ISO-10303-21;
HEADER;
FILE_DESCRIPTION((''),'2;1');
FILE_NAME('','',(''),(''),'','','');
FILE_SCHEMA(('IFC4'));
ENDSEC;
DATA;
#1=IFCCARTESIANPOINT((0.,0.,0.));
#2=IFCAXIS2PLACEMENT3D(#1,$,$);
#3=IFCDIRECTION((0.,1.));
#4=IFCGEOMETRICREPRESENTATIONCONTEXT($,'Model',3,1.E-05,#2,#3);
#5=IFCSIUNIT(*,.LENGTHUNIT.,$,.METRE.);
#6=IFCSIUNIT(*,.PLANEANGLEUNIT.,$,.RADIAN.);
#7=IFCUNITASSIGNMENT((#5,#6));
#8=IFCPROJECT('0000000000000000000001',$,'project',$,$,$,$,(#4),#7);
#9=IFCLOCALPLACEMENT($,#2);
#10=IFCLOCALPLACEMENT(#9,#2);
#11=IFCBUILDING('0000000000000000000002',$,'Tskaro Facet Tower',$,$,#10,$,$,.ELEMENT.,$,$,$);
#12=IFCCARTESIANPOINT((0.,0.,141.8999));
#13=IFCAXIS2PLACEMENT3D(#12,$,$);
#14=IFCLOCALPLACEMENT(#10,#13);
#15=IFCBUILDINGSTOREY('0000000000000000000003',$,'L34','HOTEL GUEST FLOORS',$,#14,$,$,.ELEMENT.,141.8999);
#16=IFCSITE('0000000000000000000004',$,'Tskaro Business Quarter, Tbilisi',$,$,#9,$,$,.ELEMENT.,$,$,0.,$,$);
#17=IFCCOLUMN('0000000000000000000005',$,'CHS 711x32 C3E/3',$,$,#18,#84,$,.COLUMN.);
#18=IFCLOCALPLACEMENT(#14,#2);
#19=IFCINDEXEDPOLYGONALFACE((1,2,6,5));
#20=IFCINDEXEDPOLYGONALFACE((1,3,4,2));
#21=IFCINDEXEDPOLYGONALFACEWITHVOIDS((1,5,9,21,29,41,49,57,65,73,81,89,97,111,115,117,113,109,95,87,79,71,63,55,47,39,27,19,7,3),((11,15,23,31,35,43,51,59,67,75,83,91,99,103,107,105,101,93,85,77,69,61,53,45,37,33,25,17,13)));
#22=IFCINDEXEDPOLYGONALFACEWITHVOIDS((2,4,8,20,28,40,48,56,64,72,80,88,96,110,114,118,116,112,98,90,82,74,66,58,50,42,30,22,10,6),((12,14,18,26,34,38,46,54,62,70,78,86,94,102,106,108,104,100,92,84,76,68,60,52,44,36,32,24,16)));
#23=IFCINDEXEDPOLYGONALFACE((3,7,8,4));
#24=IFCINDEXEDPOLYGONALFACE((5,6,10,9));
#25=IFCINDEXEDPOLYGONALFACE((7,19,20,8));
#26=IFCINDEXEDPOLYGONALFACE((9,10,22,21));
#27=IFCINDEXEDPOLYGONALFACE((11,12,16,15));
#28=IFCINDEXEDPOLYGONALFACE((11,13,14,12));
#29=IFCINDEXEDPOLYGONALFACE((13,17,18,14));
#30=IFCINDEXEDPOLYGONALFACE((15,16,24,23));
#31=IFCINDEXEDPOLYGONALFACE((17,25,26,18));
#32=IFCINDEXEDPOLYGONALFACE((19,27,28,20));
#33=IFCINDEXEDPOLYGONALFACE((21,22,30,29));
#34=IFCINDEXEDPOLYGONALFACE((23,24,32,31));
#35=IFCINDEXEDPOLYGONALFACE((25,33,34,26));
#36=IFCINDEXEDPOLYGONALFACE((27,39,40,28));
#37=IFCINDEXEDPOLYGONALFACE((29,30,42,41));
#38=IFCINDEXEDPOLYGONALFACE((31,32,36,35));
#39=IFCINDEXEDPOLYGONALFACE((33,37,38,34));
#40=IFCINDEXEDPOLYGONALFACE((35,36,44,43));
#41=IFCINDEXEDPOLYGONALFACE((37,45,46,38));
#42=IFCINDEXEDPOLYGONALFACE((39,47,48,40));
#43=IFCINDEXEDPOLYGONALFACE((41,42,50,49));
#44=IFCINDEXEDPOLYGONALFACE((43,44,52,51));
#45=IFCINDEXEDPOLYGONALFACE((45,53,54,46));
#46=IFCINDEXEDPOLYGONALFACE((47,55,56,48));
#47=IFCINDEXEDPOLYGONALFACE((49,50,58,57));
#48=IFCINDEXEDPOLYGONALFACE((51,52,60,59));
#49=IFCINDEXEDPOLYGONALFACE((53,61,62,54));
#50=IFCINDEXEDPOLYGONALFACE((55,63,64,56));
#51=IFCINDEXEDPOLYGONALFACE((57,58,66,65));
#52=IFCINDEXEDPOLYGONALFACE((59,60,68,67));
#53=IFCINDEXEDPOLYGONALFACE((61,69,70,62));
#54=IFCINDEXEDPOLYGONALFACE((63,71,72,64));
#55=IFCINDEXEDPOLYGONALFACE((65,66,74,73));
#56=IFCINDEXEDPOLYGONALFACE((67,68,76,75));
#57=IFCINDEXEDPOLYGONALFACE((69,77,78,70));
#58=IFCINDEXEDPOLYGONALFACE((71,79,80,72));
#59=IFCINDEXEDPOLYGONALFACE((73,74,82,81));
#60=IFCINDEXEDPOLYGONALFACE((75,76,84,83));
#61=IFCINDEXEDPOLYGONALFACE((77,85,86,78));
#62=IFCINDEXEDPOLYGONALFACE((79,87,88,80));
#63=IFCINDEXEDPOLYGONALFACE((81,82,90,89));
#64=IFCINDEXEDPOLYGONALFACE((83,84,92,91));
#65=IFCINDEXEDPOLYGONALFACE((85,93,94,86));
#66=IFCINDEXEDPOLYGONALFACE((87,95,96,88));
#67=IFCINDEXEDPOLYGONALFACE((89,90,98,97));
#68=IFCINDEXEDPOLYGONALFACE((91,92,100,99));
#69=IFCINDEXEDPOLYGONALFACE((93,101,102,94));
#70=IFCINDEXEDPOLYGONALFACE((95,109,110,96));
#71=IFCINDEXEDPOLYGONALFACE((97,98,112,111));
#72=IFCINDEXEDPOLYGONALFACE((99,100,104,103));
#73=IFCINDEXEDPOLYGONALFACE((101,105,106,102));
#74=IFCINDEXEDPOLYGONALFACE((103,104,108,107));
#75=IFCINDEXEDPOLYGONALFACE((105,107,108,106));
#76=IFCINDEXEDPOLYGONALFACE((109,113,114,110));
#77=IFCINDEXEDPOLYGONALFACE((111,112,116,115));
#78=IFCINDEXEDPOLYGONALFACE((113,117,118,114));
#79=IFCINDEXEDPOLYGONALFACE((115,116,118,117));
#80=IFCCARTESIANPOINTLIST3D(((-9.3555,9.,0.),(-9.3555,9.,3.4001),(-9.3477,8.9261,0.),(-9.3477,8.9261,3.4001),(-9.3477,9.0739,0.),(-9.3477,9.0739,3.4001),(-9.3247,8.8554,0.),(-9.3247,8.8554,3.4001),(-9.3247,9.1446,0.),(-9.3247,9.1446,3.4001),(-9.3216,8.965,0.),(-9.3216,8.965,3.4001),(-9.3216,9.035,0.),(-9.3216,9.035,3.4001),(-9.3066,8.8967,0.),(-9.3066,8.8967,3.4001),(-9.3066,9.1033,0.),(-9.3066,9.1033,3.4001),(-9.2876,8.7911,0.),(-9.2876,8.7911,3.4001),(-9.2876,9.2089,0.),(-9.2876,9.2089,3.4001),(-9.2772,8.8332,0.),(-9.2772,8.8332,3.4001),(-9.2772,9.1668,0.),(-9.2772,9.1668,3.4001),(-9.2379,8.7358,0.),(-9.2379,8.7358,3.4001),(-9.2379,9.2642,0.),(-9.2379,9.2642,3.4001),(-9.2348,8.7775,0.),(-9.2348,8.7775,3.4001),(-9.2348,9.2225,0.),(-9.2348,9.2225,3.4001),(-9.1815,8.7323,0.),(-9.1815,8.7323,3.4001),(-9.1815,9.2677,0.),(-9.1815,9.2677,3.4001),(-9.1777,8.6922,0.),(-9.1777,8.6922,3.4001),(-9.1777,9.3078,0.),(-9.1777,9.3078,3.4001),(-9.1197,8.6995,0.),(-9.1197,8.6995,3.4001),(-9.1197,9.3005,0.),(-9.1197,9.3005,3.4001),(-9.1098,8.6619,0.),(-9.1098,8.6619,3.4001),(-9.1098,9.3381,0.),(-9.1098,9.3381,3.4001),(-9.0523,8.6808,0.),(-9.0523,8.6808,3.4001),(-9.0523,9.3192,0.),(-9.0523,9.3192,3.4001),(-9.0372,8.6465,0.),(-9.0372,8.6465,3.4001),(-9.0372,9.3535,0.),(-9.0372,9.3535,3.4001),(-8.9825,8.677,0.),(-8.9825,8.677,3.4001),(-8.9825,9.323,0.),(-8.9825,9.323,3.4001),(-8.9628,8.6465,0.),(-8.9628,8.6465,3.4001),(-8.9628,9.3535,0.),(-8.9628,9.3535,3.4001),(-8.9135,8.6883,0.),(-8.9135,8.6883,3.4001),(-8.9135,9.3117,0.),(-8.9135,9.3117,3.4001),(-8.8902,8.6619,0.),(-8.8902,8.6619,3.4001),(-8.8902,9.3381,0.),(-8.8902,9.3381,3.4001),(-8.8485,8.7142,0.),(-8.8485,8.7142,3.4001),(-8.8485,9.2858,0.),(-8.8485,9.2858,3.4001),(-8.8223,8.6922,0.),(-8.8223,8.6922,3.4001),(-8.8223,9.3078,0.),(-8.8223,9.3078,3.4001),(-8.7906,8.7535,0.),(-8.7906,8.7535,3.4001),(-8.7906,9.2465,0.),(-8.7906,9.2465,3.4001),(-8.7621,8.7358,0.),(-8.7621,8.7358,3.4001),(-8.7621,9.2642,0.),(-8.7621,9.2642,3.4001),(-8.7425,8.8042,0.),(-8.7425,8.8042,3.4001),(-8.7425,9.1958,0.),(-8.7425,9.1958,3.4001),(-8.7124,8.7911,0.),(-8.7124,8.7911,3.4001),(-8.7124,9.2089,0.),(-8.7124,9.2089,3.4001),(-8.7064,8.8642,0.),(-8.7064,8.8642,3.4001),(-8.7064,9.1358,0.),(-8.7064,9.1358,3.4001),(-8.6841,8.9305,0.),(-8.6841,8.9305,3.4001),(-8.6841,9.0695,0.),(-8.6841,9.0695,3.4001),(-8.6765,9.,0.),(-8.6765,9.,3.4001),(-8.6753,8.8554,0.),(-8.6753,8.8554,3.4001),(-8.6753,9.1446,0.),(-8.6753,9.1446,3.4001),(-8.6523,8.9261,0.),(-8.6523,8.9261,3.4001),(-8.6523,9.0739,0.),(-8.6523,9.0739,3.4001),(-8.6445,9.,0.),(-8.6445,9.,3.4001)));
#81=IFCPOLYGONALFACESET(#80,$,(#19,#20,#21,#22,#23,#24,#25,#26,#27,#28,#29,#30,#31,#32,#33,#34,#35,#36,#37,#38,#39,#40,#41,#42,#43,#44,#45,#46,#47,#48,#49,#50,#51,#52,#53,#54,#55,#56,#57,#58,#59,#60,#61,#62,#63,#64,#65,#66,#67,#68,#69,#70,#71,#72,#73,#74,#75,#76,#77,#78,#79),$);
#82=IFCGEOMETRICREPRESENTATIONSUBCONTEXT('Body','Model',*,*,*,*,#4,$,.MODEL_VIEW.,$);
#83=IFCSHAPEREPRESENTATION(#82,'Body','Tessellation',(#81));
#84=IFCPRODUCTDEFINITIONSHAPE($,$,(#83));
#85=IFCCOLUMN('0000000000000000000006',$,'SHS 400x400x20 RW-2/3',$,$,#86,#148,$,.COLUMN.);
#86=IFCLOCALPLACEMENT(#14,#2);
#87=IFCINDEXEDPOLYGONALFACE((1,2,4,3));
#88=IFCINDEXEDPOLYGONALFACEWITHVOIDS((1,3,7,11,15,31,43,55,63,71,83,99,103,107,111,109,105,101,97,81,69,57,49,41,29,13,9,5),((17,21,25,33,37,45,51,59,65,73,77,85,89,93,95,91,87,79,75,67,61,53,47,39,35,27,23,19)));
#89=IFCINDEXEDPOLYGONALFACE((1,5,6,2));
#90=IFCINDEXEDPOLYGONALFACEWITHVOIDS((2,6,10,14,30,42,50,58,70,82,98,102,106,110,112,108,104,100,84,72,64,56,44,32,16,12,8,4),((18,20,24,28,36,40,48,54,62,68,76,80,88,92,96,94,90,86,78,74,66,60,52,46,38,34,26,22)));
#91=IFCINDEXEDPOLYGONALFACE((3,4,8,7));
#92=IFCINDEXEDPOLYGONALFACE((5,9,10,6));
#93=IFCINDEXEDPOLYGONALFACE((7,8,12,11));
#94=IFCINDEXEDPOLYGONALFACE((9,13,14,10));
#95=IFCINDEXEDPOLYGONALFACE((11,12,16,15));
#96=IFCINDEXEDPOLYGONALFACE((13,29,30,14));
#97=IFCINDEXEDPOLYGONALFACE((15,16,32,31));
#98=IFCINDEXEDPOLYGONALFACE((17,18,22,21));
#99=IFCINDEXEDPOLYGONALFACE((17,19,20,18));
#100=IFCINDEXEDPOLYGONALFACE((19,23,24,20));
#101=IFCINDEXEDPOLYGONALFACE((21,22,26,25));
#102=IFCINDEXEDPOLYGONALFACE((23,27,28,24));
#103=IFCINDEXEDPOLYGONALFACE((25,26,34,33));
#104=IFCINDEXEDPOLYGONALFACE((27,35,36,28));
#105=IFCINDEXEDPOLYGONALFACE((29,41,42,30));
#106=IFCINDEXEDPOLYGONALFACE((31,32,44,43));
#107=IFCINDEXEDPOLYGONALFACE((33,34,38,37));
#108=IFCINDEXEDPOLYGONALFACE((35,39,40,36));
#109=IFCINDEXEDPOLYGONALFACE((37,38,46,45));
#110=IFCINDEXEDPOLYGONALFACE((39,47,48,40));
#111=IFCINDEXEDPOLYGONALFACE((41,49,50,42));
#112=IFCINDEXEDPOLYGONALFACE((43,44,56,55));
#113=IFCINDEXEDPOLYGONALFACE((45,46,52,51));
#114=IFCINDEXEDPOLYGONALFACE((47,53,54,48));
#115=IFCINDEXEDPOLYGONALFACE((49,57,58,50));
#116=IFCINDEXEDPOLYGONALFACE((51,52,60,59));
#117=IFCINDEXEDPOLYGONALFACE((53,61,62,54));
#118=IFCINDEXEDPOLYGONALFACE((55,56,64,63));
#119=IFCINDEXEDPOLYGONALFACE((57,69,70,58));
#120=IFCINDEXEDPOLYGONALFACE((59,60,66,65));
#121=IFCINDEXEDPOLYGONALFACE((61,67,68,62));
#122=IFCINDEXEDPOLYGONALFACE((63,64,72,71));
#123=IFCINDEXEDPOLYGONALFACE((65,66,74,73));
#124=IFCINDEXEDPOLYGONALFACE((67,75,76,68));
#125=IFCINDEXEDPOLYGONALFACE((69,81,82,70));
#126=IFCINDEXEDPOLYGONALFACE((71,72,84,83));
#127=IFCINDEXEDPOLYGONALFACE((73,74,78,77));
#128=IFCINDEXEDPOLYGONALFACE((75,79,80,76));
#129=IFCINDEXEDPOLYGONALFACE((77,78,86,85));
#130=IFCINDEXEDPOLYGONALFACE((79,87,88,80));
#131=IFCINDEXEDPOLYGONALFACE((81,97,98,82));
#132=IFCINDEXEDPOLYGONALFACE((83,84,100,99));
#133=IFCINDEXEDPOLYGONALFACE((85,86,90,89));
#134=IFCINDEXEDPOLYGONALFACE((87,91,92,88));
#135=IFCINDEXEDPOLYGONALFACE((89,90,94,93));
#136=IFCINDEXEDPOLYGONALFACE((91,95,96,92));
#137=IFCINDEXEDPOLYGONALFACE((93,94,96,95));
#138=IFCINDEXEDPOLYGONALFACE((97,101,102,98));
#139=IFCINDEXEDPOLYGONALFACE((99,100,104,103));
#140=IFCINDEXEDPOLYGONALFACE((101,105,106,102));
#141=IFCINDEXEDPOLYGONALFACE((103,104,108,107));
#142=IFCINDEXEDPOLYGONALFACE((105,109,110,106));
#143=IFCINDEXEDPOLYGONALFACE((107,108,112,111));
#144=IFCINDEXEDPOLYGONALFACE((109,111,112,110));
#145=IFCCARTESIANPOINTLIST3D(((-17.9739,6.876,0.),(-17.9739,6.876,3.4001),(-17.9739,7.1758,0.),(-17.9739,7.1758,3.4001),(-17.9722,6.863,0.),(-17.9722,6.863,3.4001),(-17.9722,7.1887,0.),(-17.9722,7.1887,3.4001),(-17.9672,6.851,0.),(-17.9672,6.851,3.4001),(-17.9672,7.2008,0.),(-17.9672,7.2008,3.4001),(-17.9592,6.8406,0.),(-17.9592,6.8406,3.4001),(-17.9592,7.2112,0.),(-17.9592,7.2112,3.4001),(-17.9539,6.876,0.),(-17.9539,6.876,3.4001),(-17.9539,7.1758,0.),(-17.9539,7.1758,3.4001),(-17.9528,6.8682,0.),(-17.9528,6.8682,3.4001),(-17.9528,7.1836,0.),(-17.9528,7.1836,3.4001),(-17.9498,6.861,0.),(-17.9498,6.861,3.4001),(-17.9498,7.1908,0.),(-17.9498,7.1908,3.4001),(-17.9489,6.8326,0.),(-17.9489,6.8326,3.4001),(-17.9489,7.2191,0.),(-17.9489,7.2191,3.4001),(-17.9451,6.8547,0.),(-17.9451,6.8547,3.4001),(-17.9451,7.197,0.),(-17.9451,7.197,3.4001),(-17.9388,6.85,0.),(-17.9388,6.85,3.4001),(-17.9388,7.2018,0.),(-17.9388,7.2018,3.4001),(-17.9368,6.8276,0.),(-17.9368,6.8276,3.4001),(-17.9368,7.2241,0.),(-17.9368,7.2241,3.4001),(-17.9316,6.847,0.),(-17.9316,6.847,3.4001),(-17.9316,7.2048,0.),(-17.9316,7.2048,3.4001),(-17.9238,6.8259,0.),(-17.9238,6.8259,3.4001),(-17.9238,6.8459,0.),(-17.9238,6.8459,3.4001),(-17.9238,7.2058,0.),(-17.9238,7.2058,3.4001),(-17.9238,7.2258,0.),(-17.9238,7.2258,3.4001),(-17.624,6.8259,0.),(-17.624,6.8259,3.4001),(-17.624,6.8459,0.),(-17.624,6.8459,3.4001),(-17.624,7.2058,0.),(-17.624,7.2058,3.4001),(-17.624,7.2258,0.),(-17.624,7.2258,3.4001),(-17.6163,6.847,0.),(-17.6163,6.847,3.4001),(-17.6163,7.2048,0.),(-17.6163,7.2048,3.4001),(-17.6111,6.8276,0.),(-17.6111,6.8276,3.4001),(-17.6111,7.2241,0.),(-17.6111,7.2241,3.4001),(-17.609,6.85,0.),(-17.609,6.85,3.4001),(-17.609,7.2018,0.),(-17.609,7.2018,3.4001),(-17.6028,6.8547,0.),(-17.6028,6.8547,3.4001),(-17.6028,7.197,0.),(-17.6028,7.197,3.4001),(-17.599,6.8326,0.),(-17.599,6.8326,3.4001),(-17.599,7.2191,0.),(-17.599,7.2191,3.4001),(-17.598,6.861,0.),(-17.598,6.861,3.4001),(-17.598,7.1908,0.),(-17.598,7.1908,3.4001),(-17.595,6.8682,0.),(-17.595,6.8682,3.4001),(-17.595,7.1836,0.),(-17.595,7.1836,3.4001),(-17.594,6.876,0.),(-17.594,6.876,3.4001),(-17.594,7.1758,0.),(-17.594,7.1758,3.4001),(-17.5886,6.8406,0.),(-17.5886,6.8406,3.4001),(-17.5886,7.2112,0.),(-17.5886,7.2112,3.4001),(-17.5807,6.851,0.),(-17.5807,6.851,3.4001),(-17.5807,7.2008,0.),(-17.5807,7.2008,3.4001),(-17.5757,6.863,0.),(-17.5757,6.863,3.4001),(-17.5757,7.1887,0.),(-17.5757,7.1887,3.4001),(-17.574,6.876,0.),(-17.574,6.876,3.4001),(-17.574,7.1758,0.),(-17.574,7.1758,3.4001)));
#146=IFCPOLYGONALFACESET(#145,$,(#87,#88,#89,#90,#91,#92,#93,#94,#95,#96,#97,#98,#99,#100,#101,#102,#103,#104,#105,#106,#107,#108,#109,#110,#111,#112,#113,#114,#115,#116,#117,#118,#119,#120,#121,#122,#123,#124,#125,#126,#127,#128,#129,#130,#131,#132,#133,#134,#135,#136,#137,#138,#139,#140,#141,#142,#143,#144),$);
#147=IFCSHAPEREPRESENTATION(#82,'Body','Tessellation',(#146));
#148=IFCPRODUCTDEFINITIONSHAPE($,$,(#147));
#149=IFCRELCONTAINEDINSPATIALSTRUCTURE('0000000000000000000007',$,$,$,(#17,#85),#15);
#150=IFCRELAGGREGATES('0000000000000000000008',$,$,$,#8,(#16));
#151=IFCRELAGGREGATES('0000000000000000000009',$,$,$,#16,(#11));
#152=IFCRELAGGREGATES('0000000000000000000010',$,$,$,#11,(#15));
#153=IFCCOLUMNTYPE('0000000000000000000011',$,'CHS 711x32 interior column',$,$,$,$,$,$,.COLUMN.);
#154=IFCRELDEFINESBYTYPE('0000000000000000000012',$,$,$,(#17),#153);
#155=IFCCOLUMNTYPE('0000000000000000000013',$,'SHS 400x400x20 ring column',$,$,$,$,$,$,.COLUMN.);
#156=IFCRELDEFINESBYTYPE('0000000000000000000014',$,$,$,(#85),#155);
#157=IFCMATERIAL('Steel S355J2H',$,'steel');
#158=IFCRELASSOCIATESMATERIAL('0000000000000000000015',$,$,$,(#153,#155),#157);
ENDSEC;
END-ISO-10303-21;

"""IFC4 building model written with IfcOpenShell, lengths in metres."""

from ifc_helpers import new_model, si_unit, direction, frame, origin, origin_2d, place, context, subcontext, project, spatial, hollow_rectangle, hollow_circle, extrude, material, material_profile, profile_set, type_object, element, save


model = new_model("IFC4")

# Units and contexts
model_context = context("Model", 3, precision=1e-05, world=origin(), true_north=direction((0.0, 1.0)))
body_context = subcontext(model_context, "Body", "Model", "MODEL_VIEW")
ifc_project = project(units=[si_unit("LENGTHUNIT", "METRE"), si_unit("PLANEANGLEUNIT", "RADIAN")], contexts=[model_context])

# Site, building, storey
site_placement = place(None, origin())
site = spatial("IfcSite", under=ifc_project, at=site_placement, Name="Tskaro Business Quarter, Tbilisi", CompositionType="ELEMENT", RefElevation=0.0)
building_placement = place(site_placement, origin())
building = spatial("IfcBuilding", under=site, at=building_placement, Name="Tskaro Facet Tower", CompositionType="ELEMENT")
storey_placement = place(building_placement, frame((0.0, 0.0, 141.8999)))
storey = spatial("IfcBuildingStorey", under=building, at=storey_placement, Name="L34", Description="HOTEL GUEST FLOORS", CompositionType="ELEMENT", Elevation=141.8999)

# Columns
ifc_material_1 = material(Name="Steel S355J2H", Category="steel")
ifc_material_profile_1 = material_profile(ifc_material_1, hollow_circle(Radius=0.3555, WallThickness=0.032, at=origin_2d()), Name="CHS 711x32")
ifc_profile_set_1 = profile_set([ifc_material_profile_1], Name="Steel S355J2H")
column_type_1 = type_object("IfcColumnType", Name="CHS 711x32 interior column", PredefinedType="COLUMN", material=ifc_profile_set_1)
column_1_placement = place(storey_placement, frame((-9.0, 9.0, 0.0), z_axis=(0.0, 0.0, 1.0), x_axis=(1.0, 0.0, 0.0)))
element("IfcColumn", 1, at=column_1_placement, inside=storey, type_object=column_type_1, Name="CHS 711x32 C3E/3", PredefinedType="COLUMN", context=body_context, shape_type="SweptSolid", body=[
    extrude(hollow_circle(Radius=0.3555, WallThickness=0.032, at=origin_2d()), origin(), (0.0, 0.0, 1.0), 3.4001),
])
ifc_material_profile_2 = material_profile(ifc_material_1, hollow_rectangle(XDim=0.3999, YDim=0.3999, WallThickness=0.02, InnerFilletRadius=0.03, OuterFilletRadius=0.05, at=origin_2d()), Name="SHS 400x400x20")
ifc_profile_set_2 = profile_set([ifc_material_profile_2], Name="Steel S355J2H")
column_type_2 = type_object("IfcColumnType", Name="SHS 400x400x20 ring column", PredefinedType="COLUMN", material=ifc_profile_set_2)
column_2_placement = place(storey_placement, frame((-17.7739, 7.0259, 0.0), z_axis=(0.0, 0.0, 1.0), x_axis=(1.0, 0.0, 0.0)))
element("IfcColumn", 2, at=column_2_placement, inside=storey, type_object=column_type_2, Name="SHS 400x400x20 RW-2/3", PredefinedType="COLUMN", context=body_context, shape_type="SweptSolid", body=[
    extrude(hollow_rectangle(XDim=0.3999, YDim=0.3999, WallThickness=0.02, InnerFilletRadius=0.03, OuterFilletRadius=0.05, at=origin_2d()), origin(), (0.0, 0.0, 1.0), 3.4001),
])

save(model, "model.ifc")
